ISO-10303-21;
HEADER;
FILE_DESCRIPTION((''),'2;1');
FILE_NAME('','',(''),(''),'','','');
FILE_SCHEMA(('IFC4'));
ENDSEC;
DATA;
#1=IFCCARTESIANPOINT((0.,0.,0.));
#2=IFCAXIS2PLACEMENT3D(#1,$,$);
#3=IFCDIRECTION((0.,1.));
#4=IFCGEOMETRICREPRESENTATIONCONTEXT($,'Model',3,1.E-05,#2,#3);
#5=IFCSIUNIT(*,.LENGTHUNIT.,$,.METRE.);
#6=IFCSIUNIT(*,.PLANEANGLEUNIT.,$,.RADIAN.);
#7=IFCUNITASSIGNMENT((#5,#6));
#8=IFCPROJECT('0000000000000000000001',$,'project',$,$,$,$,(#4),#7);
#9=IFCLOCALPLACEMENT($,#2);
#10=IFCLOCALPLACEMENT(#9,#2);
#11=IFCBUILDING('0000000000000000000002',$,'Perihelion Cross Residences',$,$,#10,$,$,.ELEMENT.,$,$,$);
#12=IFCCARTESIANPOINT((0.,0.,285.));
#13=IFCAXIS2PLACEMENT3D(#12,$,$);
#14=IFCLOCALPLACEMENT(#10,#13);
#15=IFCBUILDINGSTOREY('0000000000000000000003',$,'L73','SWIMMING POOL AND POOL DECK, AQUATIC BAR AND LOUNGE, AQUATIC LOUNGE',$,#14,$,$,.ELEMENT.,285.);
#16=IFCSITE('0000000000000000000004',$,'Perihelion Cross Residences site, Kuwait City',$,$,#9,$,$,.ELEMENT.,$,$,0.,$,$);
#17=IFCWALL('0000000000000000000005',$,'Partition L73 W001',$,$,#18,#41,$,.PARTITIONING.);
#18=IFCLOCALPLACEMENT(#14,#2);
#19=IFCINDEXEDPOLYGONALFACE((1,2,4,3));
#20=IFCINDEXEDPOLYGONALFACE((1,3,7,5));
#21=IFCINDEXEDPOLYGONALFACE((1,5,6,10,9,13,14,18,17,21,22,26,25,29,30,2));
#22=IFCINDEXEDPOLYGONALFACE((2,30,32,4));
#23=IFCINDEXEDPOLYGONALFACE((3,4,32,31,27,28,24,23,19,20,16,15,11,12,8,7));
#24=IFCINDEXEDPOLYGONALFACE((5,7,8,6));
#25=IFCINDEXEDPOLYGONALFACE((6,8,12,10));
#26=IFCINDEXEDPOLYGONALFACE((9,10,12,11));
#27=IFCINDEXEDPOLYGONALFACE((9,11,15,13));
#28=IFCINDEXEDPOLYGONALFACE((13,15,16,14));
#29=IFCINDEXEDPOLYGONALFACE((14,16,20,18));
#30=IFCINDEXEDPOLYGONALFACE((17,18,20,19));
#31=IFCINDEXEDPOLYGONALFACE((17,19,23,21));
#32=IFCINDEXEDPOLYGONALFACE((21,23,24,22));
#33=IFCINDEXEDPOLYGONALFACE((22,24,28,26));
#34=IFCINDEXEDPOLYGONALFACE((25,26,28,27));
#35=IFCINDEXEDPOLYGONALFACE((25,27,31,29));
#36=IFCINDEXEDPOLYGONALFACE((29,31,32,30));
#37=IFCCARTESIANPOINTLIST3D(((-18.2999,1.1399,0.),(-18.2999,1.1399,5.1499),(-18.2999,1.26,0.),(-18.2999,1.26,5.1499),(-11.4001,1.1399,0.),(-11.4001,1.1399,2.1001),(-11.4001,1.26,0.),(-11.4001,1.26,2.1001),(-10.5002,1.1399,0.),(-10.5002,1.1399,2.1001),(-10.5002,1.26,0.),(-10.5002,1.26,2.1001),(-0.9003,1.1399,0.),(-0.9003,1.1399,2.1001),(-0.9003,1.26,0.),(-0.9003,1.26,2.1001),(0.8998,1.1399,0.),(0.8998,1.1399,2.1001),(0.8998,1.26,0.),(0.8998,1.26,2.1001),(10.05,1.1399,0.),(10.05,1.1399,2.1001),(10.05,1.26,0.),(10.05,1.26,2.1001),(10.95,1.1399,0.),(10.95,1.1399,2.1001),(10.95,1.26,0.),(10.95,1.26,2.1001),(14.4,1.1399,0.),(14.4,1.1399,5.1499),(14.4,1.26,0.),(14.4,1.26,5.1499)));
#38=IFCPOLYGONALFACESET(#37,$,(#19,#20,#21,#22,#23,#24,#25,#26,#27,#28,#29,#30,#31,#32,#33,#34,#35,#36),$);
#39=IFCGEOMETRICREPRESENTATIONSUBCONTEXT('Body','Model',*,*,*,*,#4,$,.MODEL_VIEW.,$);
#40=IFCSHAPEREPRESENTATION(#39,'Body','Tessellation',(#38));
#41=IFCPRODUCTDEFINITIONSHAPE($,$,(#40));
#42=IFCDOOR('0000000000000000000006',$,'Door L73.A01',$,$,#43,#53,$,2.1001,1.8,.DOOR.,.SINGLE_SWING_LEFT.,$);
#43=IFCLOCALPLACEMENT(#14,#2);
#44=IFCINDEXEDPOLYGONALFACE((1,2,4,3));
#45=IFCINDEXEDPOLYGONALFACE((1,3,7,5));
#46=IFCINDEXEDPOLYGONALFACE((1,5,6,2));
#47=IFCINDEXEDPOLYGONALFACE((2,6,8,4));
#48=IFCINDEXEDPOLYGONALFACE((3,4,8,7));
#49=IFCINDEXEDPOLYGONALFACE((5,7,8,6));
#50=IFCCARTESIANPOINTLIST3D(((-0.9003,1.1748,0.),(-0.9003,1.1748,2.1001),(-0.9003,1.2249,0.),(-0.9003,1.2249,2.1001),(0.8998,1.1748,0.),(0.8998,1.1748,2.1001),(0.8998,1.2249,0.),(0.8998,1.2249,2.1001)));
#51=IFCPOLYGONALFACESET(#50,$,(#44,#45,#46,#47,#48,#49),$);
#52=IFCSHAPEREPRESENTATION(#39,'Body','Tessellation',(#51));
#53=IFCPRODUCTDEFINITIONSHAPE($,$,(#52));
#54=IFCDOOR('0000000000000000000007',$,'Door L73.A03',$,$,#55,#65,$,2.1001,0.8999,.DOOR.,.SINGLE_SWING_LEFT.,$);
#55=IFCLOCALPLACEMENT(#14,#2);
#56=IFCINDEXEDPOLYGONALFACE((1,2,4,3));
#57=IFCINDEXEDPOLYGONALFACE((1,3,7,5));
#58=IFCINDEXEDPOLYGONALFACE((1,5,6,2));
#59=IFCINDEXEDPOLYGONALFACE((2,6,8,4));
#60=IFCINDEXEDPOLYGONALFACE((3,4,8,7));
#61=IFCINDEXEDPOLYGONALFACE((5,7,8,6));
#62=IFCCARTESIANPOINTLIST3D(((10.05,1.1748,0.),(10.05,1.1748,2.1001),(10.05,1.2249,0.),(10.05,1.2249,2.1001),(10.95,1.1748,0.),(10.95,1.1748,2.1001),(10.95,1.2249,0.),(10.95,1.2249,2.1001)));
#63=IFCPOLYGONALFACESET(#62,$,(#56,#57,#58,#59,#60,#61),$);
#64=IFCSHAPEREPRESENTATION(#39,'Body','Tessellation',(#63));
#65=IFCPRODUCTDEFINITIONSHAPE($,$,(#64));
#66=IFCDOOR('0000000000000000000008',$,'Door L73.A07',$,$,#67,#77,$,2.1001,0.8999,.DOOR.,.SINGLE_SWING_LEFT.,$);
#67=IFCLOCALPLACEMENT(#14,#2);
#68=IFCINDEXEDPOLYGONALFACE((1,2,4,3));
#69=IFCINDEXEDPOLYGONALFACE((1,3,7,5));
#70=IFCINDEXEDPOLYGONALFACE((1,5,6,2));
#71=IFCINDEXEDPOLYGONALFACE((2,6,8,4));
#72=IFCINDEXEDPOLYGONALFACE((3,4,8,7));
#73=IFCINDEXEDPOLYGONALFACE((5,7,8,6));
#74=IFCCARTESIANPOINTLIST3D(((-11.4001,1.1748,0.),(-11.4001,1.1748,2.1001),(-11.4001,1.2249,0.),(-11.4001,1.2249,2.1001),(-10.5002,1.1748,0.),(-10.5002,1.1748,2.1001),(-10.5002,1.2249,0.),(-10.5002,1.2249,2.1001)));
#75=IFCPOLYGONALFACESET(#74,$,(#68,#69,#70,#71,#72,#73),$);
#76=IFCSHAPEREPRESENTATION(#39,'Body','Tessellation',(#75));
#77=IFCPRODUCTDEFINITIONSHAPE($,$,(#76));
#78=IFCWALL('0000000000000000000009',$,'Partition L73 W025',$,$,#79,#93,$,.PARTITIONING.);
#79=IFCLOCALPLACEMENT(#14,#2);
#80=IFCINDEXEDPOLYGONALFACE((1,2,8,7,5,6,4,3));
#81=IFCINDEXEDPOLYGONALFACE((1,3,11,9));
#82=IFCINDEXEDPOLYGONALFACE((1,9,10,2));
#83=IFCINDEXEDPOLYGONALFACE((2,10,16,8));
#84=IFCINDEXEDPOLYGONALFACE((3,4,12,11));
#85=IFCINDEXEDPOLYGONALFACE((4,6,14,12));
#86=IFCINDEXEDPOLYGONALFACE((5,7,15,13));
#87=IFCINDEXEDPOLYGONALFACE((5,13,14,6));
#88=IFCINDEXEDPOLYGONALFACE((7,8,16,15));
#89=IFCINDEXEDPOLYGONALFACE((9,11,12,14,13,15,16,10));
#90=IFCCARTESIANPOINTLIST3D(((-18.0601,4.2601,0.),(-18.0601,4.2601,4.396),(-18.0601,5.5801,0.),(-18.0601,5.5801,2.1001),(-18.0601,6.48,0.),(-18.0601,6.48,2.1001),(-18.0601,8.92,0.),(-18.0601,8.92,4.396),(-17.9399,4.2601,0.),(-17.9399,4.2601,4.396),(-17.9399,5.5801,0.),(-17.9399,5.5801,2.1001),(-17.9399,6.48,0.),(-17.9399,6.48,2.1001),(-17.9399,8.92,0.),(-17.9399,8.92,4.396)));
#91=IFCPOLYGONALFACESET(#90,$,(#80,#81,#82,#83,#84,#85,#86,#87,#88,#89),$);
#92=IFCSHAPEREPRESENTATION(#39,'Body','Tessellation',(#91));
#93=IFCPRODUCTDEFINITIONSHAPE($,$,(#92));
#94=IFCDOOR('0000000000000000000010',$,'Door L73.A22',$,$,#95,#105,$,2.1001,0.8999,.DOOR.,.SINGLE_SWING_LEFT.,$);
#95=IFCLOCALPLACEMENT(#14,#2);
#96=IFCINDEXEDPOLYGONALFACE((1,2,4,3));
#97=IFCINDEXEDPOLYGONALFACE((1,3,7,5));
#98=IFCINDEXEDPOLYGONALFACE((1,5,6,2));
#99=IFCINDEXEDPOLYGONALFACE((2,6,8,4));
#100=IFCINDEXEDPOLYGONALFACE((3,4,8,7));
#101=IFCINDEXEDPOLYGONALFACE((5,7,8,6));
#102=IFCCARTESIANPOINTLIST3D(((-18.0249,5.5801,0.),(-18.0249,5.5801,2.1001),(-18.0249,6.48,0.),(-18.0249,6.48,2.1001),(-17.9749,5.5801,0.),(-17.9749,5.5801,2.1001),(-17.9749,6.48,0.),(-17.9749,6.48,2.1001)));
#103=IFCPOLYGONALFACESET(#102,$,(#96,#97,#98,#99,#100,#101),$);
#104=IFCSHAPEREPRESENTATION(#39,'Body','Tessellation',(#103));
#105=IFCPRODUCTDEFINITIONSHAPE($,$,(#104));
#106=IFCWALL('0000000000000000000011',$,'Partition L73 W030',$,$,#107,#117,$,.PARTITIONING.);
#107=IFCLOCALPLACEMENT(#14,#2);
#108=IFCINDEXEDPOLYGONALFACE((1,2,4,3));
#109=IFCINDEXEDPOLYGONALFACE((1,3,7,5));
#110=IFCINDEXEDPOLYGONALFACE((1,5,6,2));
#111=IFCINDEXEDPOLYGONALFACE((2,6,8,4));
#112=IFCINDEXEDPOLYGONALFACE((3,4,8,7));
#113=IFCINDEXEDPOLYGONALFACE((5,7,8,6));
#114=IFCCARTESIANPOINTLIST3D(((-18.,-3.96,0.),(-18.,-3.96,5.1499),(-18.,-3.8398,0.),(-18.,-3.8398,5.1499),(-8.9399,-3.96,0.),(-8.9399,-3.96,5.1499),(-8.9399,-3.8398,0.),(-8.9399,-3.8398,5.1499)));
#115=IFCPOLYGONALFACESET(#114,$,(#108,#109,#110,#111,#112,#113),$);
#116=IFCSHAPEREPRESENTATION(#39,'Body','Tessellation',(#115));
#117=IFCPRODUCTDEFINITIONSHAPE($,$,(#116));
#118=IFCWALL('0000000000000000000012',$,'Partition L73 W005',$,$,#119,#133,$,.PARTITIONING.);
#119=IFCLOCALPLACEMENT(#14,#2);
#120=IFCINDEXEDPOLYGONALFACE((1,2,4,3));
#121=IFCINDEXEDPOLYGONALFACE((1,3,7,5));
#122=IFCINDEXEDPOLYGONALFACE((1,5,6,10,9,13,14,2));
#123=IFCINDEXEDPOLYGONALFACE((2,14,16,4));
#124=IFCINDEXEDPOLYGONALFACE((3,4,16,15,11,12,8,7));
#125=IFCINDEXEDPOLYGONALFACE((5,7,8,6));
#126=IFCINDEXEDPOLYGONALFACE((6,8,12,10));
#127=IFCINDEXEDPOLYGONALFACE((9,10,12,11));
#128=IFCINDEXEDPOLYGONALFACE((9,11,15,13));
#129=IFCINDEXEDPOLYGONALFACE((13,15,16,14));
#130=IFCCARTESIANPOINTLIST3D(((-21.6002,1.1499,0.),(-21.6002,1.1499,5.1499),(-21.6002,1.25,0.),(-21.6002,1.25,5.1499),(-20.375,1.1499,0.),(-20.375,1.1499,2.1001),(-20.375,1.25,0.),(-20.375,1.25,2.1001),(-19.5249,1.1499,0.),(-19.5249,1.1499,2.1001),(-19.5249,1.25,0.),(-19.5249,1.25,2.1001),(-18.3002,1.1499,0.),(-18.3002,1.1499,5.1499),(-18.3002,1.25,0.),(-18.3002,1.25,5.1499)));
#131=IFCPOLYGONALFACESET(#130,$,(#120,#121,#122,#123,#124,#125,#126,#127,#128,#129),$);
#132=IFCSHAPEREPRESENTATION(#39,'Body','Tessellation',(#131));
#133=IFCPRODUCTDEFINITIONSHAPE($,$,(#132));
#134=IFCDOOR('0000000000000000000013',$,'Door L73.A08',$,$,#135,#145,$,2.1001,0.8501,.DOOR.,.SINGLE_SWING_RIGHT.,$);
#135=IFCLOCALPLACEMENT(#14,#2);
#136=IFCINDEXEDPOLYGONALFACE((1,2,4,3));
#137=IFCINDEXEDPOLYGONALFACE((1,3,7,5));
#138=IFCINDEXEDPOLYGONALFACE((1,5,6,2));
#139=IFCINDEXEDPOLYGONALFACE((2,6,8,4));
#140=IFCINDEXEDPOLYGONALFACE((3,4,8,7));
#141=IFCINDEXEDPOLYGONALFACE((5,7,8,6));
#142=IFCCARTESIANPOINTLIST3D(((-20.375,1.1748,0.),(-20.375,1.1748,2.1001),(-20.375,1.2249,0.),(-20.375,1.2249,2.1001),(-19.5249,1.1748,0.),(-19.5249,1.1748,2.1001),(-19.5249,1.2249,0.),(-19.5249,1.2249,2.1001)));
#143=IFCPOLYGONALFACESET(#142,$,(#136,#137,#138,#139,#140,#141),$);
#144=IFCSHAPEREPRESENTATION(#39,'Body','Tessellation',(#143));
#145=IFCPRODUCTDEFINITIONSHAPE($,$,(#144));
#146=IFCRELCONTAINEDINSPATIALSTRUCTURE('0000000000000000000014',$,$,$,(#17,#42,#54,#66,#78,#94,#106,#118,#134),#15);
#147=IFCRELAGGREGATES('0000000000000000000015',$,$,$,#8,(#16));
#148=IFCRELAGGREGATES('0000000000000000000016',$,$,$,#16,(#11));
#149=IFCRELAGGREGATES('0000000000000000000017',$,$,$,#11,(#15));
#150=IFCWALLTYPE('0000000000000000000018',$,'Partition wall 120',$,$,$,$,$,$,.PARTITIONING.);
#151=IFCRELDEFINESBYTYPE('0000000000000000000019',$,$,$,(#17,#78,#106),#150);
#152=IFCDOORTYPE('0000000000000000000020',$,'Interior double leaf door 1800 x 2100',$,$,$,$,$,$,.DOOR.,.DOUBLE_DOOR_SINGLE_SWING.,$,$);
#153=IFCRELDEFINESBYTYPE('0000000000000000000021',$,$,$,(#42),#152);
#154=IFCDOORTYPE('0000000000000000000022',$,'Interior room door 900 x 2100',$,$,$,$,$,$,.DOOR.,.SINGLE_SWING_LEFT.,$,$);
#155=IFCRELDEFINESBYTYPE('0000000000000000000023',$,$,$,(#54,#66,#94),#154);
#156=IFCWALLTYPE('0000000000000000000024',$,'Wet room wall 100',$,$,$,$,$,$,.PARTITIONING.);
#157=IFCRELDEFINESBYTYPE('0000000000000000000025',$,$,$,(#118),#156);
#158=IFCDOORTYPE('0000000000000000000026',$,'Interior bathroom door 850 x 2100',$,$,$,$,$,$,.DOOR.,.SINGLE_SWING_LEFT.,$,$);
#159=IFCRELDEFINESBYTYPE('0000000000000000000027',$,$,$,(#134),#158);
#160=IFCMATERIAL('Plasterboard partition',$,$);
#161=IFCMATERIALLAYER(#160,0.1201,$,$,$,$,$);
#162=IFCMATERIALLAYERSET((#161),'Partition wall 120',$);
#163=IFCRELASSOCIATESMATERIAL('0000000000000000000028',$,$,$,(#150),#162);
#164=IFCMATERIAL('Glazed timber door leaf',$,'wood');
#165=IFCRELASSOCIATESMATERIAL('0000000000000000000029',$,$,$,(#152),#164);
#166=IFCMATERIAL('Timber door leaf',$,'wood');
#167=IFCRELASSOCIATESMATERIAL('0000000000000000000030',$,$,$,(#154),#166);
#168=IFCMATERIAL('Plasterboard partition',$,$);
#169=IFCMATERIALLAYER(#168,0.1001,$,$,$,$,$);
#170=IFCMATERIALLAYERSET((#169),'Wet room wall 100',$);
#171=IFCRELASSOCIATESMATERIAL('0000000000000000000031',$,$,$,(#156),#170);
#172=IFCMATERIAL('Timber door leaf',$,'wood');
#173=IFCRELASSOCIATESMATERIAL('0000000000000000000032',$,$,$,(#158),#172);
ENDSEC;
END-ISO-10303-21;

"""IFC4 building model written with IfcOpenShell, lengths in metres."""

from ifc_helpers import new_model, si_unit, direction, frame, frame_2d, origin, place, context, subcontext, project, spatial, rectangle, extrude, material, layer, layer_set, type_object, element, fill, save


model = new_model("IFC4")

# Units and contexts
model_context = context("Model", 3, precision=1e-05, world=origin(), true_north=direction((0.0, 1.0)))
body_context = subcontext(model_context, "Body", "Model", "MODEL_VIEW")
ifc_project = project(units=[si_unit("LENGTHUNIT", "METRE"), si_unit("PLANEANGLEUNIT", "RADIAN")], contexts=[model_context])

# Site, building, storey
site_placement = place(None, origin())
site = spatial("IfcSite", under=ifc_project, at=site_placement, Name="Perihelion Cross Residences site, Kuwait City", CompositionType="ELEMENT", RefElevation=0.0)
building_placement = place(site_placement, origin())
building = spatial("IfcBuilding", under=site, at=building_placement, Name="Perihelion Cross Residences", CompositionType="ELEMENT")
storey_placement = place(building_placement, frame((0.0, 0.0, 285.0)))
storey = spatial("IfcBuildingStorey", under=building, at=storey_placement, Name="L73", Description="SWIMMING POOL AND POOL DECK, AQUATIC BAR AND LOUNGE, AQUATIC LOUNGE", CompositionType="ELEMENT", Elevation=285.0)

# Wall, openings, doors
ifc_material_1 = material(Name="Plasterboard partition")
ifc_layer_1 = layer(ifc_material_1, 0.1201)
ifc_layer_set_1 = layer_set([ifc_layer_1], Name="Partition wall 120")
wall_type_1 = type_object("IfcWallType", Name="Partition wall 120", PredefinedType="PARTITIONING", material=ifc_layer_set_1)
wall_1_placement = place(storey_placement, frame((-18.3, 1.2, 0.0), z_axis=(0.0, 0.0, 1.0), x_axis=(1.0, 0.0, 0.0)))
wall_1 = element("IfcWall", 1, at=wall_1_placement, inside=storey, type_object=wall_type_1, Name="Partition L73 W001", PredefinedType="PARTITIONING", context=body_context, shape_type="SweptSolid", body=[
    extrude(rectangle(XDim=32.7, YDim=0.1201, at=frame_2d((16.3501, 0.0))), origin(), (0.0, 0.0, 1.0), 5.1499),
])
opening_1_placement = place(wall_1_placement, frame((17.3999, 0.0, 0.0)))
opening_1 = element("IfcOpeningElement", 2, at=opening_1_placement, cuts=wall_1, PredefinedType="OPENING", context=body_context, shape_type="SweptSolid", body=[
    extrude(rectangle(XDim=1.8, YDim=2.1001, at=frame_2d((0.8999, 1.05))), frame((0.0, 0.0701, 0.0), z_axis=(0.0, -1.0, 0.0), x_axis=(1.0, 0.0, 0.0)), (0.0, 0.0, 1.0), 0.1401),
])
opening_2_placement = place(wall_1_placement, frame((28.3501, 0.0, 0.0)))
opening_2 = element("IfcOpeningElement", 3, at=opening_2_placement, cuts=wall_1, PredefinedType="OPENING", context=body_context, shape_type="SweptSolid", body=[
    extrude(rectangle(XDim=0.8999, YDim=2.1001, at=frame_2d((0.45, 1.05))), frame((0.0, 0.0701, 0.0), z_axis=(0.0, -1.0, 0.0), x_axis=(1.0, 0.0, 0.0)), (0.0, 0.0, 1.0), 0.1401),
])
opening_3_placement = place(wall_1_placement, frame((6.8999, 0.0, 0.0)))
opening_3 = element("IfcOpeningElement", 4, at=opening_3_placement, cuts=wall_1, PredefinedType="OPENING", context=body_context, shape_type="SweptSolid", body=[
    extrude(rectangle(XDim=0.8999, YDim=2.1001, at=frame_2d((0.45, 1.05))), frame((0.0, 0.0701, 0.0), z_axis=(0.0, -1.0, 0.0), x_axis=(1.0, 0.0, 0.0)), (0.0, 0.0, 1.0), 0.1401),
])
ifc_material_2 = material(Name="Glazed timber door leaf", Category="wood")
door_type_1 = type_object("IfcDoorType", Name="Interior double leaf door 1800 x 2100", OperationType="DOUBLE_DOOR_SINGLE_SWING", PredefinedType="DOOR", material=ifc_material_2)
door_1_placement = place(opening_1_placement, origin())
door_1 = element("IfcDoor", 5, at=door_1_placement, inside=storey, type_object=door_type_1, Name="Door L73.A01", OperationType="SINGLE_SWING_LEFT", OverallHeight=2.1001, OverallWidth=1.8, PredefinedType="DOOR", context=body_context, shape_type="SweptSolid", body=[
    extrude(rectangle(XDim=1.8, YDim=2.1001, at=frame_2d((0.8999, 1.05))), frame((0.0, 0.0249, 0.0), z_axis=(0.0, -1.0, 0.0), x_axis=(1.0, 0.0, 0.0)), (0.0, 0.0, 1.0), 0.05),
])
fill(opening_1, door_1)
ifc_material_3 = material(Name="Timber door leaf", Category="wood")
door_type_2 = type_object("IfcDoorType", Name="Interior room door 900 x 2100", OperationType="SINGLE_SWING_LEFT", PredefinedType="DOOR", material=ifc_material_3)
door_2_placement = place(opening_2_placement, origin())
door_2 = element("IfcDoor", 6, at=door_2_placement, inside=storey, type_object=door_type_2, Name="Door L73.A03", OperationType="SINGLE_SWING_LEFT", OverallHeight=2.1001, OverallWidth=0.8999, PredefinedType="DOOR", context=body_context, shape_type="SweptSolid", body=[
    extrude(rectangle(XDim=0.8999, YDim=2.1001, at=frame_2d((0.45, 1.05))), frame((0.0, 0.0249, 0.0), z_axis=(0.0, -1.0, 0.0), x_axis=(1.0, 0.0, 0.0)), (0.0, 0.0, 1.0), 0.05),
])
fill(opening_2, door_2)
door_3_placement = place(opening_3_placement, origin())
door_3 = element("IfcDoor", 7, at=door_3_placement, inside=storey, type_object=door_type_2, Name="Door L73.A07", OperationType="SINGLE_SWING_LEFT", OverallHeight=2.1001, OverallWidth=0.8999, PredefinedType="DOOR", context=body_context, shape_type="SweptSolid", body=[
    extrude(rectangle(XDim=0.8999, YDim=2.1001, at=frame_2d((0.45, 1.05))), frame((0.0, 0.0249, 0.0), z_axis=(0.0, -1.0, 0.0), x_axis=(1.0, 0.0, 0.0)), (0.0, 0.0, 1.0), 0.05),
])
fill(opening_3, door_3)

# Wall, opening, door
wall_2_placement = place(storey_placement, frame((-18.0, 4.26, 0.0), z_axis=(0.0, 0.0, 1.0), x_axis=(0.0, 1.0, 0.0)))
wall_2 = element("IfcWall", 8, at=wall_2_placement, inside=storey, type_object=wall_type_1, Name="Partition L73 W025", PredefinedType="PARTITIONING", context=body_context, shape_type="SweptSolid", body=[
    extrude(rectangle(XDim=4.6599, YDim=0.1201, at=frame_2d((2.3301, 0.0))), origin(), (0.0, 0.0, 1.0), 4.396),
])
opening_4_placement = place(wall_2_placement, frame((1.3201, 0.0, 0.0)))
opening_4 = element("IfcOpeningElement", 9, at=opening_4_placement, cuts=wall_2, PredefinedType="OPENING", context=body_context, shape_type="SweptSolid", body=[
    extrude(rectangle(XDim=0.8999, YDim=2.1001, at=frame_2d((0.45, 1.05))), frame((0.0, 0.0701, 0.0), z_axis=(0.0, -1.0, 0.0), x_axis=(1.0, 0.0, 0.0)), (0.0, 0.0, 1.0), 0.1401),
])
door_4_placement = place(opening_4_placement, origin())
door_4 = element("IfcDoor", 10, at=door_4_placement, inside=storey, type_object=door_type_2, Name="Door L73.A22", OperationType="SINGLE_SWING_LEFT", OverallHeight=2.1001, OverallWidth=0.8999, PredefinedType="DOOR", context=body_context, shape_type="SweptSolid", body=[
    extrude(rectangle(XDim=0.8999, YDim=2.1001, at=frame_2d((0.45, 1.05))), frame((0.0, 0.0249, 0.0), z_axis=(0.0, -1.0, 0.0), x_axis=(1.0, 0.0, 0.0)), (0.0, 0.0, 1.0), 0.05),
])
fill(opening_4, door_4)

# Wall
wall_3_placement = place(storey_placement, frame((-18.0, -3.8999, 0.0), z_axis=(0.0, 0.0, 1.0), x_axis=(1.0, 0.0, 0.0)))
element("IfcWall", 11, at=wall_3_placement, inside=storey, type_object=wall_type_1, Name="Partition L73 W030", PredefinedType="PARTITIONING", context=body_context, shape_type="SweptSolid", body=[
    extrude(rectangle(XDim=9.0601, YDim=0.1201, at=frame_2d((4.53, 0.0))), origin(), (0.0, 0.0, 1.0), 5.1499),
])

# Wall, opening, door
ifc_material_4 = material(Name="Plasterboard partition")
ifc_layer_2 = layer(ifc_material_4, 0.1001)
ifc_layer_set_2 = layer_set([ifc_layer_2], Name="Wet room wall 100")
wall_type_2 = type_object("IfcWallType", Name="Wet room wall 100", PredefinedType="PARTITIONING", material=ifc_layer_set_2)
wall_4_placement = place(storey_placement, frame((-21.6001, 1.2, 0.0), z_axis=(0.0, 0.0, 1.0), x_axis=(1.0, 0.0, 0.0)))
wall_4 = element("IfcWall", 12, at=wall_4_placement, inside=storey, type_object=wall_type_2, Name="Partition L73 W005", PredefinedType="PARTITIONING", context=body_context, shape_type="SweptSolid", body=[
    extrude(rectangle(XDim=3.3, YDim=0.1001, at=frame_2d((1.6499, 0.0))), origin(), (0.0, 0.0, 1.0), 5.1499),
])
opening_5_placement = place(wall_4_placement, frame((1.2251, 0.0, 0.0)))
opening_5 = element("IfcOpeningElement", 13, at=opening_5_placement, cuts=wall_4, PredefinedType="OPENING", context=body_context, shape_type="SweptSolid", body=[
    extrude(rectangle(XDim=0.8501, YDim=2.1001, at=frame_2d((0.425, 1.05))), frame((0.0, 0.0601, 0.0), z_axis=(0.0, -1.0, 0.0), x_axis=(1.0, 0.0, 0.0)), (0.0, 0.0, 1.0), 0.1201),
])
ifc_material_5 = material(Name="Timber door leaf", Category="wood")
door_type_3 = type_object("IfcDoorType", Name="Interior bathroom door 850 x 2100", OperationType="SINGLE_SWING_LEFT", PredefinedType="DOOR", material=ifc_material_5)
door_5_placement = place(opening_5_placement, origin())
door_5 = element("IfcDoor", 14, at=door_5_placement, inside=storey, type_object=door_type_3, Name="Door L73.A08", OperationType="SINGLE_SWING_RIGHT", OverallHeight=2.1001, OverallWidth=0.8501, PredefinedType="DOOR", context=body_context, shape_type="SweptSolid", body=[
    extrude(rectangle(XDim=0.8501, YDim=2.1001, at=frame_2d((0.425, 1.05))), frame((0.0, 0.0249, 0.0), z_axis=(0.0, -1.0, 0.0), x_axis=(1.0, 0.0, 0.0)), (0.0, 0.0, 1.0), 0.05),
])
fill(opening_5, door_5)

save(model, "model.ifc")
